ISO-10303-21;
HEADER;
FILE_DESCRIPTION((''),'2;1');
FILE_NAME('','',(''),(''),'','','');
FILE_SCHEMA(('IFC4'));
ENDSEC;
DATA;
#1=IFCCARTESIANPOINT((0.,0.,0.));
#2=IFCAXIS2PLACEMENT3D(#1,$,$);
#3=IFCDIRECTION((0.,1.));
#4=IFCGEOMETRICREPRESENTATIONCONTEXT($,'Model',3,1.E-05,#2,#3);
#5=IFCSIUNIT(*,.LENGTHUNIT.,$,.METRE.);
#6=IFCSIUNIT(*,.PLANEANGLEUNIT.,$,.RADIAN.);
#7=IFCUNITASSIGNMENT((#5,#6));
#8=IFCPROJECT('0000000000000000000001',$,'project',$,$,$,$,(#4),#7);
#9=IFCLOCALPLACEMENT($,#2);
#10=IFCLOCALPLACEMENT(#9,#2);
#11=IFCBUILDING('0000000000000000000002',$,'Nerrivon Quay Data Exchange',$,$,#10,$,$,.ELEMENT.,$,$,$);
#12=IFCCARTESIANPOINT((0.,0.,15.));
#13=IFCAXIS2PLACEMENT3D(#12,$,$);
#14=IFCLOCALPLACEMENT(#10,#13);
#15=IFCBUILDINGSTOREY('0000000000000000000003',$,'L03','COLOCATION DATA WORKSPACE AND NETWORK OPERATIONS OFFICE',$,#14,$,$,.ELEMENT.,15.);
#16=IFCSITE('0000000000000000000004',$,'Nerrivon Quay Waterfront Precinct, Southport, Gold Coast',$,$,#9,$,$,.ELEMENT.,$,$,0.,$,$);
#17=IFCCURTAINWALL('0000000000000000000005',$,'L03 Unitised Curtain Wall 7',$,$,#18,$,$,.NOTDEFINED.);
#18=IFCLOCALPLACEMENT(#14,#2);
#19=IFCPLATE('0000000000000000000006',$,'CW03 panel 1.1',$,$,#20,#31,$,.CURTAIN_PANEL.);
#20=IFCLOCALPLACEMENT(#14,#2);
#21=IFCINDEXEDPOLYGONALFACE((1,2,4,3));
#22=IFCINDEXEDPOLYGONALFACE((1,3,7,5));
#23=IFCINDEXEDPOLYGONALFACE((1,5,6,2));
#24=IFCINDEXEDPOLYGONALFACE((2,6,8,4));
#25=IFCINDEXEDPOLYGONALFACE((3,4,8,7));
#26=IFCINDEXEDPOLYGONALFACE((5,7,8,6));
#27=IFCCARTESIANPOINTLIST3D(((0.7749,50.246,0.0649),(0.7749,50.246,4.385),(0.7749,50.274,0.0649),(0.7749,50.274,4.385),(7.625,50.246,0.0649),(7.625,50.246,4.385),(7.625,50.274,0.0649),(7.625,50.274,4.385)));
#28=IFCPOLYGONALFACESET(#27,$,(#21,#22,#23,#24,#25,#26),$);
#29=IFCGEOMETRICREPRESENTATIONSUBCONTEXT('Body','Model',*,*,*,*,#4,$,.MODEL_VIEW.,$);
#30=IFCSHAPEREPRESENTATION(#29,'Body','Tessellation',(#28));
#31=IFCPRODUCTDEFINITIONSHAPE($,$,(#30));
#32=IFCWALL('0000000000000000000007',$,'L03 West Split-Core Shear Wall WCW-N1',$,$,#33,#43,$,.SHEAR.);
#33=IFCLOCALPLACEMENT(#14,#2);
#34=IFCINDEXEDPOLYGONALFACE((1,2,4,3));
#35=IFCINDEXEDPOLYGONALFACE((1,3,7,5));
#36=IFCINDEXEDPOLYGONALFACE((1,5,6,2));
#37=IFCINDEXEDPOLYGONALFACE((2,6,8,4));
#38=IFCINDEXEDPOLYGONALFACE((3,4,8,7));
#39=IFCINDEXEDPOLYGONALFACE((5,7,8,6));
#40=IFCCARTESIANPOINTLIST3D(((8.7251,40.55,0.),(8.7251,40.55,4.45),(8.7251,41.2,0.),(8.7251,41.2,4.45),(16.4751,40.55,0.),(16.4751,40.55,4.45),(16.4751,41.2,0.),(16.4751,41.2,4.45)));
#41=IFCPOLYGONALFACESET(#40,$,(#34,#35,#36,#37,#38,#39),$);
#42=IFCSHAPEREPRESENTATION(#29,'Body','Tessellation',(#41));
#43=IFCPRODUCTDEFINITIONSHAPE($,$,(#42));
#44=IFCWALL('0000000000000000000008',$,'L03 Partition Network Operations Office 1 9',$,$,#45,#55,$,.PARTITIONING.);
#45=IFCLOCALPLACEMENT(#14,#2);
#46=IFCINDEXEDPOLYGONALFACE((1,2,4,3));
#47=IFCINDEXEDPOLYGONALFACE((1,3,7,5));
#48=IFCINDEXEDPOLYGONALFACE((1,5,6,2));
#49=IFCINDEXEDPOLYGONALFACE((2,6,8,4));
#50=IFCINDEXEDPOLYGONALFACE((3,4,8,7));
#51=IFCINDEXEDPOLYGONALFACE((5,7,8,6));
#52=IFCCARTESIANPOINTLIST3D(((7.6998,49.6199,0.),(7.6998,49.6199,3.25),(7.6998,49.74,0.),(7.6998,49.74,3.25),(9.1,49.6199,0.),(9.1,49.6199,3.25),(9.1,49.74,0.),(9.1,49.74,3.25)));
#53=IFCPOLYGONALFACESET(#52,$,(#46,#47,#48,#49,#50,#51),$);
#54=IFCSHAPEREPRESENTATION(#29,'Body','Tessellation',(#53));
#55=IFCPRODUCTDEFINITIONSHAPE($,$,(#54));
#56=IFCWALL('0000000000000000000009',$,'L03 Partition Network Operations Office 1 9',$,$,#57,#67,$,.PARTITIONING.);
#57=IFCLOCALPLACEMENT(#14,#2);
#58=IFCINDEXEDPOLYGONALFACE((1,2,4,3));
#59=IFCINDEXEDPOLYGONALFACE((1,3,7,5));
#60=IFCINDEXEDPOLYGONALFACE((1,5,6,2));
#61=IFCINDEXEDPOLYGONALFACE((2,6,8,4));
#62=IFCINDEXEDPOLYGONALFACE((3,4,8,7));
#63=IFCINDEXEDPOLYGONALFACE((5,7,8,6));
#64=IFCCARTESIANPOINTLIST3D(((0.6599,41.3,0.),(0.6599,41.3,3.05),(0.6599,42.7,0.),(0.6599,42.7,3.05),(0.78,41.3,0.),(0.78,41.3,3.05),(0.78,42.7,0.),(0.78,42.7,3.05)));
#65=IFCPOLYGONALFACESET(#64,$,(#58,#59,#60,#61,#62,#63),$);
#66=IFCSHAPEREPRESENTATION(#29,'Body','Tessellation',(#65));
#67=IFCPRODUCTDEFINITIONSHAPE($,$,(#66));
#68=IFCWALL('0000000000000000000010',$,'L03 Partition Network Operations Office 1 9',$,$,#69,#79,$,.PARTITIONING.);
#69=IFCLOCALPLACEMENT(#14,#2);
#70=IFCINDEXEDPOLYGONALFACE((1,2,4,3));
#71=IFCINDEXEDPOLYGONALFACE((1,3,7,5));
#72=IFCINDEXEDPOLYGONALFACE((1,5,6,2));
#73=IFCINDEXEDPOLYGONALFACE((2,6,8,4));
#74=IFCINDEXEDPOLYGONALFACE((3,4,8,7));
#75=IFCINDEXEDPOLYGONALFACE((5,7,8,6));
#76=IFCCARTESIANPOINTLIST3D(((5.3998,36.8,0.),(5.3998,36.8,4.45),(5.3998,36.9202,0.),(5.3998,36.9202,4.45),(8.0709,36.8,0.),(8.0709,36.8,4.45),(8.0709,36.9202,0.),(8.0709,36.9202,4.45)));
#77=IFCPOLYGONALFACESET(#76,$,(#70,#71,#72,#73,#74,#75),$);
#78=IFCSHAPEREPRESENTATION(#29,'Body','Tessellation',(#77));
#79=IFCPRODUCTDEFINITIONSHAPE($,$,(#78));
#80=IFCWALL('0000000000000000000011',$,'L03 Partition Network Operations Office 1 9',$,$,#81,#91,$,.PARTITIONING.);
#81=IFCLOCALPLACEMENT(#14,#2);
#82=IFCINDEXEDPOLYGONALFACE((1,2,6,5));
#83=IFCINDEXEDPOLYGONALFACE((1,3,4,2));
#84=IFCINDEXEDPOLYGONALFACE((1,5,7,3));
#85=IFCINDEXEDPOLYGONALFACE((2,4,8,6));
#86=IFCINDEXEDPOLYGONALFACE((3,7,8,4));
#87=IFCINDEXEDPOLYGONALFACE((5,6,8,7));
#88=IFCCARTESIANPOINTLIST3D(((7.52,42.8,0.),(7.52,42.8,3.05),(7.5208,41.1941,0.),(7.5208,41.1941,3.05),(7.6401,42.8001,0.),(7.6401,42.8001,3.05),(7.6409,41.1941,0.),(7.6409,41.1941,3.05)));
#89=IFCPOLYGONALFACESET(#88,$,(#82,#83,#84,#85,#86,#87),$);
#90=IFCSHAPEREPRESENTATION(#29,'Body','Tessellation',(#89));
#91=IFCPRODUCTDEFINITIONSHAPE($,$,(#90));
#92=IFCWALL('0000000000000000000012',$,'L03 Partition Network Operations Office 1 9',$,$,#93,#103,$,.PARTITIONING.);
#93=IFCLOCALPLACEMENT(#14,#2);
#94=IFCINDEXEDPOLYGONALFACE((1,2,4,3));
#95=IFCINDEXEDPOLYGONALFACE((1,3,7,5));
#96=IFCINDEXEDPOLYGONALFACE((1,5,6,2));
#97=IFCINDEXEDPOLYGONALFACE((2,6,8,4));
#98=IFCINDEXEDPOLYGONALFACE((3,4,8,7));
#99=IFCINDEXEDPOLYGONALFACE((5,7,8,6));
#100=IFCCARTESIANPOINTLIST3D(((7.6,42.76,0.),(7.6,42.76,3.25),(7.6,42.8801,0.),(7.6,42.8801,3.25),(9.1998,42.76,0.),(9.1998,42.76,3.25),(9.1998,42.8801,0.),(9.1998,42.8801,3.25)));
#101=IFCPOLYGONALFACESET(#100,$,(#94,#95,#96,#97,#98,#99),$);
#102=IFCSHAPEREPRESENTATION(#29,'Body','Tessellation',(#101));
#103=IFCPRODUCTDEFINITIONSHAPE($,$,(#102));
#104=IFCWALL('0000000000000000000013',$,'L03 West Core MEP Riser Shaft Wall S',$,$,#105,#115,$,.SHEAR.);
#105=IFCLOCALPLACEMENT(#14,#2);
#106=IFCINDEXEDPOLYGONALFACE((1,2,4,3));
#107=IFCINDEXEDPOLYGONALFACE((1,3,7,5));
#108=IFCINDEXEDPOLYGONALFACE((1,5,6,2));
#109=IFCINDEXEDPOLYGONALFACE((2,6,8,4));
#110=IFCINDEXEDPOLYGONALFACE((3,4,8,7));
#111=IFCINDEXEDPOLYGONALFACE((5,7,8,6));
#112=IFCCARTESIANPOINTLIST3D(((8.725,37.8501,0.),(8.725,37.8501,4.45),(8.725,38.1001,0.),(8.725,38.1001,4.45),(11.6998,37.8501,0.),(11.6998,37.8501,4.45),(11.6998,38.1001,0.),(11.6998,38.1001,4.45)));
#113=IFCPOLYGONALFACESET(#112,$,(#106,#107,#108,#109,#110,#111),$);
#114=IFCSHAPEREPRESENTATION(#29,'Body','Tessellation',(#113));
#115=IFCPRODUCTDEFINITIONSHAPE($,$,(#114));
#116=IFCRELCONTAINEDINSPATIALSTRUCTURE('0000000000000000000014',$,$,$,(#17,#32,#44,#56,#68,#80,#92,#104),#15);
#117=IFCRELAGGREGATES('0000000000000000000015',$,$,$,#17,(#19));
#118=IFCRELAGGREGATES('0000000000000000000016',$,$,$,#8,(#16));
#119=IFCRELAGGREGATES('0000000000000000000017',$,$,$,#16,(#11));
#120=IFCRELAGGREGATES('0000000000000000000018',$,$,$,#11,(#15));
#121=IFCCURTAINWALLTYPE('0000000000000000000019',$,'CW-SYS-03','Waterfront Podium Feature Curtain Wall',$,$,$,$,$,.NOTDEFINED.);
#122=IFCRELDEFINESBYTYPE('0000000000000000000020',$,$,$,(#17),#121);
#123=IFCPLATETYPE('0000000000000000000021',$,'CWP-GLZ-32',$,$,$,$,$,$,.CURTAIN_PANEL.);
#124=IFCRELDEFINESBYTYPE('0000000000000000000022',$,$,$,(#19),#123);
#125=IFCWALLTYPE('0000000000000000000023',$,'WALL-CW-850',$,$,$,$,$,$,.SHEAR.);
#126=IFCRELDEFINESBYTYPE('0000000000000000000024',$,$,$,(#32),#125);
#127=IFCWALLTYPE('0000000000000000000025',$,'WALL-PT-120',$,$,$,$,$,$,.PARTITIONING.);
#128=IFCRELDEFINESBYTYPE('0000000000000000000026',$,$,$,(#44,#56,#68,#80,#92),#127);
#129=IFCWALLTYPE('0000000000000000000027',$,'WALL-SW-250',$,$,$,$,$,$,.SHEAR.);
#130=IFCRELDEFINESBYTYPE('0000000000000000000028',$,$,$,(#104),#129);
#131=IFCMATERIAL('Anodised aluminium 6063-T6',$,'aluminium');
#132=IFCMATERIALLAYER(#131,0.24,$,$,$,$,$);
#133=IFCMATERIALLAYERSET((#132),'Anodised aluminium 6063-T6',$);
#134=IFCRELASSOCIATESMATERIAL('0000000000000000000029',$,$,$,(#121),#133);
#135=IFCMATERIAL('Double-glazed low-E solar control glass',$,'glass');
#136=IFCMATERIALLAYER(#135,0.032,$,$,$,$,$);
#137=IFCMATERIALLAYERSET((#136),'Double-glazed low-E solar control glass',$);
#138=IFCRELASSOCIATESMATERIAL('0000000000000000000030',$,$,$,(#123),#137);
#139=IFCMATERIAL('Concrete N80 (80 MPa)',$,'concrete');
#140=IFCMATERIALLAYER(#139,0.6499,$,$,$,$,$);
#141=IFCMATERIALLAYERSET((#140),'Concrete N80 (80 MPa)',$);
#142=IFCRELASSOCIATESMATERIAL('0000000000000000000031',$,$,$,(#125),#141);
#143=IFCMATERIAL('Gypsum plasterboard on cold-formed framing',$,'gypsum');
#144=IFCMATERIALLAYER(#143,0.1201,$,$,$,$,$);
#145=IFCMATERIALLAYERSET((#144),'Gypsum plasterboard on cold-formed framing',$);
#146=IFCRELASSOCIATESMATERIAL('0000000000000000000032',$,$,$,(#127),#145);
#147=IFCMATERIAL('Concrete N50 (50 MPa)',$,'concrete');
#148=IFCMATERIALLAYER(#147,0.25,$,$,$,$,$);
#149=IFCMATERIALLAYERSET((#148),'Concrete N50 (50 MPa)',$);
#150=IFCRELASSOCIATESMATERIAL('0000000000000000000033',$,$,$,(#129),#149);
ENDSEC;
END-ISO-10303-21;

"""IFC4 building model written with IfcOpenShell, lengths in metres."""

from ifc_helpers import new_model, si_unit, direction, frame, frame_2d, origin, origin_2d, place, context, subcontext, project, spatial, rectangle, extrude, material, layer, layer_set, type_object, element, aggregate, save


model = new_model("IFC4")

# Units and contexts
model_context = context("Model", 3, precision=1e-05, world=origin(), true_north=direction((0.0, 1.0)))
body_context = subcontext(model_context, "Body", "Model", "MODEL_VIEW")
ifc_project = project(units=[si_unit("LENGTHUNIT", "METRE"), si_unit("PLANEANGLEUNIT", "RADIAN")], contexts=[model_context])

# Site, building, storey
site_placement = place(None, origin())
site = spatial("IfcSite", under=ifc_project, at=site_placement, Name="Nerrivon Quay Waterfront Precinct, Southport, Gold Coast", CompositionType="ELEMENT", RefElevation=0.0)
building_placement = place(site_placement, origin())
building = spatial("IfcBuilding", under=site, at=building_placement, Name="Nerrivon Quay Data Exchange", CompositionType="ELEMENT")
storey_placement = place(building_placement, frame((0.0, 0.0, 15.0)))
storey = spatial("IfcBuildingStorey", under=building, at=storey_placement, Name="L03", Description="COLOCATION DATA WORKSPACE AND NETWORK OPERATIONS OFFICE", CompositionType="ELEMENT", Elevation=15.0)

# Shared definitions
ifc_material_1 = material(Name="Concrete N80 (80 MPa)", Category="concrete")

# Shared definitions
ifc_material_2 = material(Name="Anodised aluminium 6063-T6", Category="aluminium")
ifc_layer_1 = layer(ifc_material_2, 0.24)
ifc_layer_set_1 = layer_set([ifc_layer_1], Name="Anodised aluminium 6063-T6")
curtain_wall_type = type_object("IfcCurtainWallType", Name="CW-SYS-03", Description="Waterfront Podium Feature Curtain Wall", PredefinedType="NOTDEFINED", material=ifc_layer_set_1)

# Curtain wall
curtain_wall_1_placement = place(storey_placement, origin())
curtain_wall_1 = element("IfcCurtainWall", 1, at=curtain_wall_1_placement, inside=storey, type_object=curtain_wall_type, Name="L03 Unitised Curtain Wall 7", PredefinedType="NOTDEFINED")

# Plate
ifc_material_3 = material(Name="Double-glazed low-E solar control glass", Category="glass")
ifc_layer_2 = layer(ifc_material_3, 0.032)
ifc_layer_set_2 = layer_set([ifc_layer_2], Name="Double-glazed low-E solar control glass")
plate_type = type_object("IfcPlateType", Name="CWP-GLZ-32", PredefinedType="CURTAIN_PANEL", material=ifc_layer_set_2)
plate_1_placement = place(storey_placement, frame((4.2, 50.26, 0.0649), z_axis=(0.0, 0.0, 1.0), x_axis=(1.0, 0.0, 0.0)))
plate_1 = element("IfcPlate", 2, at=plate_1_placement, type_object=plate_type, Name="CW03 panel 1.1", PredefinedType="CURTAIN_PANEL", context=body_context, shape_type="SweptSolid", body=[
    extrude(rectangle(XDim=6.8501, YDim=0.0281, at=origin_2d()), origin(), (0.0, 0.0, 1.0), 4.3201),
])
aggregate(curtain_wall_1, [plate_1])

# Walls
ifc_layer_3 = layer(ifc_material_1, 0.6499)
ifc_layer_set_3 = layer_set([ifc_layer_3], Name="Concrete N80 (80 MPa)")
wall_type_1 = type_object("IfcWallType", Name="WALL-CW-850", PredefinedType="SHEAR", material=ifc_layer_set_3)
wall_1_placement = place(storey_placement, frame((8.7251, 40.875, 0.0), z_axis=(0.0, 0.0, 1.0), x_axis=(1.0, 0.0, 0.0)))
element("IfcWall", 3, at=wall_1_placement, inside=storey, type_object=wall_type_1, Name="L03 West Split-Core Shear Wall WCW-N1", PredefinedType="SHEAR", context=body_context, shape_type="SweptSolid", body=[
    extrude(rectangle(XDim=7.75, YDim=0.6499, at=frame_2d((3.875, 0.0))), origin(), (0.0, 0.0, 1.0), 4.45),
])
ifc_material_4 = material(Name="Gypsum plasterboard on cold-formed framing", Category="gypsum")
ifc_layer_4 = layer(ifc_material_4, 0.1201)
ifc_layer_set_4 = layer_set([ifc_layer_4], Name="Gypsum plasterboard on cold-formed framing")
wall_type_2 = type_object("IfcWallType", Name="WALL-PT-120", PredefinedType="PARTITIONING", material=ifc_layer_set_4)
wall_2_placement = place(storey_placement, frame((9.1001, 49.6799, 0.0), z_axis=(0.0, 0.0, 1.0), x_axis=(-1.0, 0.0, 0.0)))
element("IfcWall", 4, at=wall_2_placement, inside=storey, type_object=wall_type_2, Name="L03 Partition Network Operations Office 1 9", PredefinedType="PARTITIONING", context=body_context, shape_type="SweptSolid", body=[
    extrude(rectangle(XDim=1.4001, YDim=0.1201, at=frame_2d((0.7002, 0.0))), origin(), (0.0, 0.0, 1.0), 3.25),
])
wall_3_placement = place(storey_placement, frame((0.72, 42.7, 0.0), z_axis=(0.0, 0.0, 1.0), x_axis=(0.0, -1.0, 0.0)))
element("IfcWall", 5, at=wall_3_placement, inside=storey, type_object=wall_type_2, Name="L03 Partition Network Operations Office 1 9", PredefinedType="PARTITIONING", context=body_context, shape_type="SweptSolid", body=[
    extrude(rectangle(XDim=1.3999, YDim=0.1201, at=frame_2d((0.7, 0.0))), origin(), (0.0, 0.0, 1.0), 3.05),
])
wall_4_placement = place(storey_placement, frame((5.3999, 36.8601, 0.0), z_axis=(0.0, 0.0, 1.0), x_axis=(1.0, 0.0, 0.0)))
element("IfcWall", 6, at=wall_4_placement, inside=storey, type_object=wall_type_2, Name="L03 Partition Network Operations Office 1 9", PredefinedType="PARTITIONING", context=body_context, shape_type="SweptSolid", body=[
    extrude(rectangle(XDim=2.6711, YDim=0.1201, at=frame_2d((1.3354, 0.0))), origin(), (0.0, 0.0, 1.0), 4.45),
])
wall_5_placement = place(storey_placement, frame((7.5808, 41.1941, 0.0), z_axis=(0.0, 0.0, 1.0), x_axis=(-0.000456, 1.0, 0.0)))
element("IfcWall", 7, at=wall_5_placement, inside=storey, type_object=wall_type_2, Name="L03 Partition Network Operations Office 1 9", PredefinedType="PARTITIONING", context=body_context, shape_type="SweptSolid", body=[
    extrude(rectangle(XDim=1.606, YDim=0.1201, at=frame_2d((0.803, 0.0))), origin(), (0.0, 0.0, 1.0), 3.05),
])
wall_6_placement = place(storey_placement, frame((7.6001, 42.8201, 0.0), z_axis=(0.0, 0.0, 1.0), x_axis=(1.0, 0.0, 0.0)))
element("IfcWall", 8, at=wall_6_placement, inside=storey, type_object=wall_type_2, Name="L03 Partition Network Operations Office 1 9", PredefinedType="PARTITIONING", context=body_context, shape_type="SweptSolid", body=[
    extrude(rectangle(XDim=1.5999, YDim=0.1201, at=frame_2d((0.7998, 0.0))), origin(), (0.0, 0.0, 1.0), 3.25),
])
ifc_material_5 = material(Name="Concrete N50 (50 MPa)", Category="concrete")
ifc_layer_5 = layer(ifc_material_5, 0.25)
ifc_layer_set_5 = layer_set([ifc_layer_5], Name="Concrete N50 (50 MPa)")
wall_type_3 = type_object("IfcWallType", Name="WALL-SW-250", PredefinedType="SHEAR", material=ifc_layer_set_5)
wall_7_placement = place(storey_placement, frame((8.7251, 37.9751, 0.0), z_axis=(0.0, 0.0, 1.0), x_axis=(1.0, 0.0, 0.0)))
element("IfcWall", 9, at=wall_7_placement, inside=storey, type_object=wall_type_3, Name="L03 West Core MEP Riser Shaft Wall S", PredefinedType="SHEAR", context=body_context, shape_type="SweptSolid", body=[
    extrude(rectangle(XDim=2.9749, YDim=0.25, at=frame_2d((1.4873, 0.0))), origin(), (0.0, 0.0, 1.0), 4.45),
])

save(model, "model.ifc")
